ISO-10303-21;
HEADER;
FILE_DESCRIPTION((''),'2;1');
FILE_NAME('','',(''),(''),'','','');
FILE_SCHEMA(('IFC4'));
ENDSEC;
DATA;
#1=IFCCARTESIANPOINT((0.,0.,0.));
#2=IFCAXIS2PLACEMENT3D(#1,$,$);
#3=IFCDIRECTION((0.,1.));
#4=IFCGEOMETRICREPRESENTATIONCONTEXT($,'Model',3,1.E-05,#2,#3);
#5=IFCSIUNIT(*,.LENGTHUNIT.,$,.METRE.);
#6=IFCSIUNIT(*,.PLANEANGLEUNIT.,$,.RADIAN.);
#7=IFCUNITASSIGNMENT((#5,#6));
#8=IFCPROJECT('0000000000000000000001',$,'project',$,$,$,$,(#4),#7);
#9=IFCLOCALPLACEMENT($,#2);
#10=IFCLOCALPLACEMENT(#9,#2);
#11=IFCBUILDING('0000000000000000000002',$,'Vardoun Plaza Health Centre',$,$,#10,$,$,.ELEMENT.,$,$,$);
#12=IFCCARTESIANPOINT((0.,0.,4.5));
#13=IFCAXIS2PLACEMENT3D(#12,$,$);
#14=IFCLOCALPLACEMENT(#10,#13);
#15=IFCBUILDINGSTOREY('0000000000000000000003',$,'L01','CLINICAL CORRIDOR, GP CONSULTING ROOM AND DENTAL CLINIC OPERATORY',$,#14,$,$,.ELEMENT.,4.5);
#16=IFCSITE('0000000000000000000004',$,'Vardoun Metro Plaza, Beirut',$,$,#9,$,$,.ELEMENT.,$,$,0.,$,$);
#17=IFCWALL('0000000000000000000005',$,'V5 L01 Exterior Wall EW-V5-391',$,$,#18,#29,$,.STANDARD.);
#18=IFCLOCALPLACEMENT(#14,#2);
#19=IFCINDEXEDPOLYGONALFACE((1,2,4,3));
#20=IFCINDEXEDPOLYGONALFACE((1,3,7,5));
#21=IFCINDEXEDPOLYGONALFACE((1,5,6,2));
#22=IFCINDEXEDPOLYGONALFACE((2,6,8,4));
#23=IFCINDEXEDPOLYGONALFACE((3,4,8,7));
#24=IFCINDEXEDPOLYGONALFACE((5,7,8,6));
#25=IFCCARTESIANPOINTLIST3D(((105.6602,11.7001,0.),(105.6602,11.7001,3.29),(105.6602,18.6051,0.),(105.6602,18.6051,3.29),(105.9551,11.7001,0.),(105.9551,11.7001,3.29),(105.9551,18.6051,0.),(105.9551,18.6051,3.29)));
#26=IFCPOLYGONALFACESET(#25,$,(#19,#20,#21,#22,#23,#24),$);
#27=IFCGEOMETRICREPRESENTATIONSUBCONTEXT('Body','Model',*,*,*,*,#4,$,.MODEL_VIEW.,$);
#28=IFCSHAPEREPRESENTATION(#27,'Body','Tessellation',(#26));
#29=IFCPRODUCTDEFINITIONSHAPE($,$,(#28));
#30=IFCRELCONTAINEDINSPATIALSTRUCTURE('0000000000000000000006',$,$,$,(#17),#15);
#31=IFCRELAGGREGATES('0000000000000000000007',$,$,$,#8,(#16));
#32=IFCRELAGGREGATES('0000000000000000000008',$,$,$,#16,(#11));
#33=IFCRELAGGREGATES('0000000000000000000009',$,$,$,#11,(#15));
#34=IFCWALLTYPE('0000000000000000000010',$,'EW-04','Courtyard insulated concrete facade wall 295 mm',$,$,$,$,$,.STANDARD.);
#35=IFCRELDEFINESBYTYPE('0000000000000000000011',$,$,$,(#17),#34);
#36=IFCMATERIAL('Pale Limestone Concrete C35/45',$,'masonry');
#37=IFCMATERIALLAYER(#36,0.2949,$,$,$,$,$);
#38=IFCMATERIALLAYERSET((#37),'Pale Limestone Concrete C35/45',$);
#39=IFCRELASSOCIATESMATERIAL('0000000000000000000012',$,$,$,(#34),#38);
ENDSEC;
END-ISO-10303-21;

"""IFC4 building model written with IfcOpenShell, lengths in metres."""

from ifc_helpers import new_model, si_unit, direction, frame, frame_2d, origin, place, context, subcontext, project, spatial, rectangle, extrude, material, layer, layer_set, type_object, element, save


model = new_model("IFC4")

# Units and contexts
model_context = context("Model", 3, precision=1e-05, world=origin(), true_north=direction((0.0, 1.0)))
body_context = subcontext(model_context, "Body", "Model", "MODEL_VIEW")
ifc_project = project(units=[si_unit("LENGTHUNIT", "METRE"), si_unit("PLANEANGLEUNIT", "RADIAN")], contexts=[model_context])

# Site, building, storey
site_placement = place(None, origin())
site = spatial("IfcSite", under=ifc_project, at=site_placement, Name="Vardoun Metro Plaza, Beirut", CompositionType="ELEMENT", RefElevation=0.0)
building_placement = place(site_placement, origin())
building = spatial("IfcBuilding", under=site, at=building_placement, Name="Vardoun Plaza Health Centre", CompositionType="ELEMENT")
storey_placement = place(building_placement, frame((0.0, 0.0, 4.5)))
storey = spatial("IfcBuildingStorey", under=building, at=storey_placement, Name="L01", Description="CLINICAL CORRIDOR, GP CONSULTING ROOM AND DENTAL CLINIC OPERATORY", CompositionType="ELEMENT", Elevation=4.5)

# Wall
ifc_material_1 = material(Name="Pale Limestone Concrete C35/45", Category="masonry")
ifc_layer_1 = layer(ifc_material_1, 0.2949)
ifc_layer_set_1 = layer_set([ifc_layer_1], Name="Pale Limestone Concrete C35/45")
wall_type_1 = type_object("IfcWallType", Name="EW-04", Description="Courtyard insulated concrete facade wall 295 mm", PredefinedType="STANDARD", material=ifc_layer_set_1)
for number, where, z_axis, x_axis, name in (
    (1, (105.8076, 11.7, 0.0), (0.0, 0.0, 1.0), (0.0, 1.0, 0.0), "V5 L01 Exterior Wall EW-V5-391"),
):
    element("IfcWall", number, at=place(storey_placement, frame(where, z_axis=z_axis, x_axis=x_axis)), inside=storey, type_object=wall_type_1, Name=name, PredefinedType="STANDARD", context=body_context, shape_type="SweptSolid", body=[
        extrude(rectangle(XDim=6.905, YDim=0.2949, at=frame_2d((3.4526, 0.0))), origin(), (0.0, 0.0, 1.0), 3.29),
    ])

save(model, "model.ifc")
